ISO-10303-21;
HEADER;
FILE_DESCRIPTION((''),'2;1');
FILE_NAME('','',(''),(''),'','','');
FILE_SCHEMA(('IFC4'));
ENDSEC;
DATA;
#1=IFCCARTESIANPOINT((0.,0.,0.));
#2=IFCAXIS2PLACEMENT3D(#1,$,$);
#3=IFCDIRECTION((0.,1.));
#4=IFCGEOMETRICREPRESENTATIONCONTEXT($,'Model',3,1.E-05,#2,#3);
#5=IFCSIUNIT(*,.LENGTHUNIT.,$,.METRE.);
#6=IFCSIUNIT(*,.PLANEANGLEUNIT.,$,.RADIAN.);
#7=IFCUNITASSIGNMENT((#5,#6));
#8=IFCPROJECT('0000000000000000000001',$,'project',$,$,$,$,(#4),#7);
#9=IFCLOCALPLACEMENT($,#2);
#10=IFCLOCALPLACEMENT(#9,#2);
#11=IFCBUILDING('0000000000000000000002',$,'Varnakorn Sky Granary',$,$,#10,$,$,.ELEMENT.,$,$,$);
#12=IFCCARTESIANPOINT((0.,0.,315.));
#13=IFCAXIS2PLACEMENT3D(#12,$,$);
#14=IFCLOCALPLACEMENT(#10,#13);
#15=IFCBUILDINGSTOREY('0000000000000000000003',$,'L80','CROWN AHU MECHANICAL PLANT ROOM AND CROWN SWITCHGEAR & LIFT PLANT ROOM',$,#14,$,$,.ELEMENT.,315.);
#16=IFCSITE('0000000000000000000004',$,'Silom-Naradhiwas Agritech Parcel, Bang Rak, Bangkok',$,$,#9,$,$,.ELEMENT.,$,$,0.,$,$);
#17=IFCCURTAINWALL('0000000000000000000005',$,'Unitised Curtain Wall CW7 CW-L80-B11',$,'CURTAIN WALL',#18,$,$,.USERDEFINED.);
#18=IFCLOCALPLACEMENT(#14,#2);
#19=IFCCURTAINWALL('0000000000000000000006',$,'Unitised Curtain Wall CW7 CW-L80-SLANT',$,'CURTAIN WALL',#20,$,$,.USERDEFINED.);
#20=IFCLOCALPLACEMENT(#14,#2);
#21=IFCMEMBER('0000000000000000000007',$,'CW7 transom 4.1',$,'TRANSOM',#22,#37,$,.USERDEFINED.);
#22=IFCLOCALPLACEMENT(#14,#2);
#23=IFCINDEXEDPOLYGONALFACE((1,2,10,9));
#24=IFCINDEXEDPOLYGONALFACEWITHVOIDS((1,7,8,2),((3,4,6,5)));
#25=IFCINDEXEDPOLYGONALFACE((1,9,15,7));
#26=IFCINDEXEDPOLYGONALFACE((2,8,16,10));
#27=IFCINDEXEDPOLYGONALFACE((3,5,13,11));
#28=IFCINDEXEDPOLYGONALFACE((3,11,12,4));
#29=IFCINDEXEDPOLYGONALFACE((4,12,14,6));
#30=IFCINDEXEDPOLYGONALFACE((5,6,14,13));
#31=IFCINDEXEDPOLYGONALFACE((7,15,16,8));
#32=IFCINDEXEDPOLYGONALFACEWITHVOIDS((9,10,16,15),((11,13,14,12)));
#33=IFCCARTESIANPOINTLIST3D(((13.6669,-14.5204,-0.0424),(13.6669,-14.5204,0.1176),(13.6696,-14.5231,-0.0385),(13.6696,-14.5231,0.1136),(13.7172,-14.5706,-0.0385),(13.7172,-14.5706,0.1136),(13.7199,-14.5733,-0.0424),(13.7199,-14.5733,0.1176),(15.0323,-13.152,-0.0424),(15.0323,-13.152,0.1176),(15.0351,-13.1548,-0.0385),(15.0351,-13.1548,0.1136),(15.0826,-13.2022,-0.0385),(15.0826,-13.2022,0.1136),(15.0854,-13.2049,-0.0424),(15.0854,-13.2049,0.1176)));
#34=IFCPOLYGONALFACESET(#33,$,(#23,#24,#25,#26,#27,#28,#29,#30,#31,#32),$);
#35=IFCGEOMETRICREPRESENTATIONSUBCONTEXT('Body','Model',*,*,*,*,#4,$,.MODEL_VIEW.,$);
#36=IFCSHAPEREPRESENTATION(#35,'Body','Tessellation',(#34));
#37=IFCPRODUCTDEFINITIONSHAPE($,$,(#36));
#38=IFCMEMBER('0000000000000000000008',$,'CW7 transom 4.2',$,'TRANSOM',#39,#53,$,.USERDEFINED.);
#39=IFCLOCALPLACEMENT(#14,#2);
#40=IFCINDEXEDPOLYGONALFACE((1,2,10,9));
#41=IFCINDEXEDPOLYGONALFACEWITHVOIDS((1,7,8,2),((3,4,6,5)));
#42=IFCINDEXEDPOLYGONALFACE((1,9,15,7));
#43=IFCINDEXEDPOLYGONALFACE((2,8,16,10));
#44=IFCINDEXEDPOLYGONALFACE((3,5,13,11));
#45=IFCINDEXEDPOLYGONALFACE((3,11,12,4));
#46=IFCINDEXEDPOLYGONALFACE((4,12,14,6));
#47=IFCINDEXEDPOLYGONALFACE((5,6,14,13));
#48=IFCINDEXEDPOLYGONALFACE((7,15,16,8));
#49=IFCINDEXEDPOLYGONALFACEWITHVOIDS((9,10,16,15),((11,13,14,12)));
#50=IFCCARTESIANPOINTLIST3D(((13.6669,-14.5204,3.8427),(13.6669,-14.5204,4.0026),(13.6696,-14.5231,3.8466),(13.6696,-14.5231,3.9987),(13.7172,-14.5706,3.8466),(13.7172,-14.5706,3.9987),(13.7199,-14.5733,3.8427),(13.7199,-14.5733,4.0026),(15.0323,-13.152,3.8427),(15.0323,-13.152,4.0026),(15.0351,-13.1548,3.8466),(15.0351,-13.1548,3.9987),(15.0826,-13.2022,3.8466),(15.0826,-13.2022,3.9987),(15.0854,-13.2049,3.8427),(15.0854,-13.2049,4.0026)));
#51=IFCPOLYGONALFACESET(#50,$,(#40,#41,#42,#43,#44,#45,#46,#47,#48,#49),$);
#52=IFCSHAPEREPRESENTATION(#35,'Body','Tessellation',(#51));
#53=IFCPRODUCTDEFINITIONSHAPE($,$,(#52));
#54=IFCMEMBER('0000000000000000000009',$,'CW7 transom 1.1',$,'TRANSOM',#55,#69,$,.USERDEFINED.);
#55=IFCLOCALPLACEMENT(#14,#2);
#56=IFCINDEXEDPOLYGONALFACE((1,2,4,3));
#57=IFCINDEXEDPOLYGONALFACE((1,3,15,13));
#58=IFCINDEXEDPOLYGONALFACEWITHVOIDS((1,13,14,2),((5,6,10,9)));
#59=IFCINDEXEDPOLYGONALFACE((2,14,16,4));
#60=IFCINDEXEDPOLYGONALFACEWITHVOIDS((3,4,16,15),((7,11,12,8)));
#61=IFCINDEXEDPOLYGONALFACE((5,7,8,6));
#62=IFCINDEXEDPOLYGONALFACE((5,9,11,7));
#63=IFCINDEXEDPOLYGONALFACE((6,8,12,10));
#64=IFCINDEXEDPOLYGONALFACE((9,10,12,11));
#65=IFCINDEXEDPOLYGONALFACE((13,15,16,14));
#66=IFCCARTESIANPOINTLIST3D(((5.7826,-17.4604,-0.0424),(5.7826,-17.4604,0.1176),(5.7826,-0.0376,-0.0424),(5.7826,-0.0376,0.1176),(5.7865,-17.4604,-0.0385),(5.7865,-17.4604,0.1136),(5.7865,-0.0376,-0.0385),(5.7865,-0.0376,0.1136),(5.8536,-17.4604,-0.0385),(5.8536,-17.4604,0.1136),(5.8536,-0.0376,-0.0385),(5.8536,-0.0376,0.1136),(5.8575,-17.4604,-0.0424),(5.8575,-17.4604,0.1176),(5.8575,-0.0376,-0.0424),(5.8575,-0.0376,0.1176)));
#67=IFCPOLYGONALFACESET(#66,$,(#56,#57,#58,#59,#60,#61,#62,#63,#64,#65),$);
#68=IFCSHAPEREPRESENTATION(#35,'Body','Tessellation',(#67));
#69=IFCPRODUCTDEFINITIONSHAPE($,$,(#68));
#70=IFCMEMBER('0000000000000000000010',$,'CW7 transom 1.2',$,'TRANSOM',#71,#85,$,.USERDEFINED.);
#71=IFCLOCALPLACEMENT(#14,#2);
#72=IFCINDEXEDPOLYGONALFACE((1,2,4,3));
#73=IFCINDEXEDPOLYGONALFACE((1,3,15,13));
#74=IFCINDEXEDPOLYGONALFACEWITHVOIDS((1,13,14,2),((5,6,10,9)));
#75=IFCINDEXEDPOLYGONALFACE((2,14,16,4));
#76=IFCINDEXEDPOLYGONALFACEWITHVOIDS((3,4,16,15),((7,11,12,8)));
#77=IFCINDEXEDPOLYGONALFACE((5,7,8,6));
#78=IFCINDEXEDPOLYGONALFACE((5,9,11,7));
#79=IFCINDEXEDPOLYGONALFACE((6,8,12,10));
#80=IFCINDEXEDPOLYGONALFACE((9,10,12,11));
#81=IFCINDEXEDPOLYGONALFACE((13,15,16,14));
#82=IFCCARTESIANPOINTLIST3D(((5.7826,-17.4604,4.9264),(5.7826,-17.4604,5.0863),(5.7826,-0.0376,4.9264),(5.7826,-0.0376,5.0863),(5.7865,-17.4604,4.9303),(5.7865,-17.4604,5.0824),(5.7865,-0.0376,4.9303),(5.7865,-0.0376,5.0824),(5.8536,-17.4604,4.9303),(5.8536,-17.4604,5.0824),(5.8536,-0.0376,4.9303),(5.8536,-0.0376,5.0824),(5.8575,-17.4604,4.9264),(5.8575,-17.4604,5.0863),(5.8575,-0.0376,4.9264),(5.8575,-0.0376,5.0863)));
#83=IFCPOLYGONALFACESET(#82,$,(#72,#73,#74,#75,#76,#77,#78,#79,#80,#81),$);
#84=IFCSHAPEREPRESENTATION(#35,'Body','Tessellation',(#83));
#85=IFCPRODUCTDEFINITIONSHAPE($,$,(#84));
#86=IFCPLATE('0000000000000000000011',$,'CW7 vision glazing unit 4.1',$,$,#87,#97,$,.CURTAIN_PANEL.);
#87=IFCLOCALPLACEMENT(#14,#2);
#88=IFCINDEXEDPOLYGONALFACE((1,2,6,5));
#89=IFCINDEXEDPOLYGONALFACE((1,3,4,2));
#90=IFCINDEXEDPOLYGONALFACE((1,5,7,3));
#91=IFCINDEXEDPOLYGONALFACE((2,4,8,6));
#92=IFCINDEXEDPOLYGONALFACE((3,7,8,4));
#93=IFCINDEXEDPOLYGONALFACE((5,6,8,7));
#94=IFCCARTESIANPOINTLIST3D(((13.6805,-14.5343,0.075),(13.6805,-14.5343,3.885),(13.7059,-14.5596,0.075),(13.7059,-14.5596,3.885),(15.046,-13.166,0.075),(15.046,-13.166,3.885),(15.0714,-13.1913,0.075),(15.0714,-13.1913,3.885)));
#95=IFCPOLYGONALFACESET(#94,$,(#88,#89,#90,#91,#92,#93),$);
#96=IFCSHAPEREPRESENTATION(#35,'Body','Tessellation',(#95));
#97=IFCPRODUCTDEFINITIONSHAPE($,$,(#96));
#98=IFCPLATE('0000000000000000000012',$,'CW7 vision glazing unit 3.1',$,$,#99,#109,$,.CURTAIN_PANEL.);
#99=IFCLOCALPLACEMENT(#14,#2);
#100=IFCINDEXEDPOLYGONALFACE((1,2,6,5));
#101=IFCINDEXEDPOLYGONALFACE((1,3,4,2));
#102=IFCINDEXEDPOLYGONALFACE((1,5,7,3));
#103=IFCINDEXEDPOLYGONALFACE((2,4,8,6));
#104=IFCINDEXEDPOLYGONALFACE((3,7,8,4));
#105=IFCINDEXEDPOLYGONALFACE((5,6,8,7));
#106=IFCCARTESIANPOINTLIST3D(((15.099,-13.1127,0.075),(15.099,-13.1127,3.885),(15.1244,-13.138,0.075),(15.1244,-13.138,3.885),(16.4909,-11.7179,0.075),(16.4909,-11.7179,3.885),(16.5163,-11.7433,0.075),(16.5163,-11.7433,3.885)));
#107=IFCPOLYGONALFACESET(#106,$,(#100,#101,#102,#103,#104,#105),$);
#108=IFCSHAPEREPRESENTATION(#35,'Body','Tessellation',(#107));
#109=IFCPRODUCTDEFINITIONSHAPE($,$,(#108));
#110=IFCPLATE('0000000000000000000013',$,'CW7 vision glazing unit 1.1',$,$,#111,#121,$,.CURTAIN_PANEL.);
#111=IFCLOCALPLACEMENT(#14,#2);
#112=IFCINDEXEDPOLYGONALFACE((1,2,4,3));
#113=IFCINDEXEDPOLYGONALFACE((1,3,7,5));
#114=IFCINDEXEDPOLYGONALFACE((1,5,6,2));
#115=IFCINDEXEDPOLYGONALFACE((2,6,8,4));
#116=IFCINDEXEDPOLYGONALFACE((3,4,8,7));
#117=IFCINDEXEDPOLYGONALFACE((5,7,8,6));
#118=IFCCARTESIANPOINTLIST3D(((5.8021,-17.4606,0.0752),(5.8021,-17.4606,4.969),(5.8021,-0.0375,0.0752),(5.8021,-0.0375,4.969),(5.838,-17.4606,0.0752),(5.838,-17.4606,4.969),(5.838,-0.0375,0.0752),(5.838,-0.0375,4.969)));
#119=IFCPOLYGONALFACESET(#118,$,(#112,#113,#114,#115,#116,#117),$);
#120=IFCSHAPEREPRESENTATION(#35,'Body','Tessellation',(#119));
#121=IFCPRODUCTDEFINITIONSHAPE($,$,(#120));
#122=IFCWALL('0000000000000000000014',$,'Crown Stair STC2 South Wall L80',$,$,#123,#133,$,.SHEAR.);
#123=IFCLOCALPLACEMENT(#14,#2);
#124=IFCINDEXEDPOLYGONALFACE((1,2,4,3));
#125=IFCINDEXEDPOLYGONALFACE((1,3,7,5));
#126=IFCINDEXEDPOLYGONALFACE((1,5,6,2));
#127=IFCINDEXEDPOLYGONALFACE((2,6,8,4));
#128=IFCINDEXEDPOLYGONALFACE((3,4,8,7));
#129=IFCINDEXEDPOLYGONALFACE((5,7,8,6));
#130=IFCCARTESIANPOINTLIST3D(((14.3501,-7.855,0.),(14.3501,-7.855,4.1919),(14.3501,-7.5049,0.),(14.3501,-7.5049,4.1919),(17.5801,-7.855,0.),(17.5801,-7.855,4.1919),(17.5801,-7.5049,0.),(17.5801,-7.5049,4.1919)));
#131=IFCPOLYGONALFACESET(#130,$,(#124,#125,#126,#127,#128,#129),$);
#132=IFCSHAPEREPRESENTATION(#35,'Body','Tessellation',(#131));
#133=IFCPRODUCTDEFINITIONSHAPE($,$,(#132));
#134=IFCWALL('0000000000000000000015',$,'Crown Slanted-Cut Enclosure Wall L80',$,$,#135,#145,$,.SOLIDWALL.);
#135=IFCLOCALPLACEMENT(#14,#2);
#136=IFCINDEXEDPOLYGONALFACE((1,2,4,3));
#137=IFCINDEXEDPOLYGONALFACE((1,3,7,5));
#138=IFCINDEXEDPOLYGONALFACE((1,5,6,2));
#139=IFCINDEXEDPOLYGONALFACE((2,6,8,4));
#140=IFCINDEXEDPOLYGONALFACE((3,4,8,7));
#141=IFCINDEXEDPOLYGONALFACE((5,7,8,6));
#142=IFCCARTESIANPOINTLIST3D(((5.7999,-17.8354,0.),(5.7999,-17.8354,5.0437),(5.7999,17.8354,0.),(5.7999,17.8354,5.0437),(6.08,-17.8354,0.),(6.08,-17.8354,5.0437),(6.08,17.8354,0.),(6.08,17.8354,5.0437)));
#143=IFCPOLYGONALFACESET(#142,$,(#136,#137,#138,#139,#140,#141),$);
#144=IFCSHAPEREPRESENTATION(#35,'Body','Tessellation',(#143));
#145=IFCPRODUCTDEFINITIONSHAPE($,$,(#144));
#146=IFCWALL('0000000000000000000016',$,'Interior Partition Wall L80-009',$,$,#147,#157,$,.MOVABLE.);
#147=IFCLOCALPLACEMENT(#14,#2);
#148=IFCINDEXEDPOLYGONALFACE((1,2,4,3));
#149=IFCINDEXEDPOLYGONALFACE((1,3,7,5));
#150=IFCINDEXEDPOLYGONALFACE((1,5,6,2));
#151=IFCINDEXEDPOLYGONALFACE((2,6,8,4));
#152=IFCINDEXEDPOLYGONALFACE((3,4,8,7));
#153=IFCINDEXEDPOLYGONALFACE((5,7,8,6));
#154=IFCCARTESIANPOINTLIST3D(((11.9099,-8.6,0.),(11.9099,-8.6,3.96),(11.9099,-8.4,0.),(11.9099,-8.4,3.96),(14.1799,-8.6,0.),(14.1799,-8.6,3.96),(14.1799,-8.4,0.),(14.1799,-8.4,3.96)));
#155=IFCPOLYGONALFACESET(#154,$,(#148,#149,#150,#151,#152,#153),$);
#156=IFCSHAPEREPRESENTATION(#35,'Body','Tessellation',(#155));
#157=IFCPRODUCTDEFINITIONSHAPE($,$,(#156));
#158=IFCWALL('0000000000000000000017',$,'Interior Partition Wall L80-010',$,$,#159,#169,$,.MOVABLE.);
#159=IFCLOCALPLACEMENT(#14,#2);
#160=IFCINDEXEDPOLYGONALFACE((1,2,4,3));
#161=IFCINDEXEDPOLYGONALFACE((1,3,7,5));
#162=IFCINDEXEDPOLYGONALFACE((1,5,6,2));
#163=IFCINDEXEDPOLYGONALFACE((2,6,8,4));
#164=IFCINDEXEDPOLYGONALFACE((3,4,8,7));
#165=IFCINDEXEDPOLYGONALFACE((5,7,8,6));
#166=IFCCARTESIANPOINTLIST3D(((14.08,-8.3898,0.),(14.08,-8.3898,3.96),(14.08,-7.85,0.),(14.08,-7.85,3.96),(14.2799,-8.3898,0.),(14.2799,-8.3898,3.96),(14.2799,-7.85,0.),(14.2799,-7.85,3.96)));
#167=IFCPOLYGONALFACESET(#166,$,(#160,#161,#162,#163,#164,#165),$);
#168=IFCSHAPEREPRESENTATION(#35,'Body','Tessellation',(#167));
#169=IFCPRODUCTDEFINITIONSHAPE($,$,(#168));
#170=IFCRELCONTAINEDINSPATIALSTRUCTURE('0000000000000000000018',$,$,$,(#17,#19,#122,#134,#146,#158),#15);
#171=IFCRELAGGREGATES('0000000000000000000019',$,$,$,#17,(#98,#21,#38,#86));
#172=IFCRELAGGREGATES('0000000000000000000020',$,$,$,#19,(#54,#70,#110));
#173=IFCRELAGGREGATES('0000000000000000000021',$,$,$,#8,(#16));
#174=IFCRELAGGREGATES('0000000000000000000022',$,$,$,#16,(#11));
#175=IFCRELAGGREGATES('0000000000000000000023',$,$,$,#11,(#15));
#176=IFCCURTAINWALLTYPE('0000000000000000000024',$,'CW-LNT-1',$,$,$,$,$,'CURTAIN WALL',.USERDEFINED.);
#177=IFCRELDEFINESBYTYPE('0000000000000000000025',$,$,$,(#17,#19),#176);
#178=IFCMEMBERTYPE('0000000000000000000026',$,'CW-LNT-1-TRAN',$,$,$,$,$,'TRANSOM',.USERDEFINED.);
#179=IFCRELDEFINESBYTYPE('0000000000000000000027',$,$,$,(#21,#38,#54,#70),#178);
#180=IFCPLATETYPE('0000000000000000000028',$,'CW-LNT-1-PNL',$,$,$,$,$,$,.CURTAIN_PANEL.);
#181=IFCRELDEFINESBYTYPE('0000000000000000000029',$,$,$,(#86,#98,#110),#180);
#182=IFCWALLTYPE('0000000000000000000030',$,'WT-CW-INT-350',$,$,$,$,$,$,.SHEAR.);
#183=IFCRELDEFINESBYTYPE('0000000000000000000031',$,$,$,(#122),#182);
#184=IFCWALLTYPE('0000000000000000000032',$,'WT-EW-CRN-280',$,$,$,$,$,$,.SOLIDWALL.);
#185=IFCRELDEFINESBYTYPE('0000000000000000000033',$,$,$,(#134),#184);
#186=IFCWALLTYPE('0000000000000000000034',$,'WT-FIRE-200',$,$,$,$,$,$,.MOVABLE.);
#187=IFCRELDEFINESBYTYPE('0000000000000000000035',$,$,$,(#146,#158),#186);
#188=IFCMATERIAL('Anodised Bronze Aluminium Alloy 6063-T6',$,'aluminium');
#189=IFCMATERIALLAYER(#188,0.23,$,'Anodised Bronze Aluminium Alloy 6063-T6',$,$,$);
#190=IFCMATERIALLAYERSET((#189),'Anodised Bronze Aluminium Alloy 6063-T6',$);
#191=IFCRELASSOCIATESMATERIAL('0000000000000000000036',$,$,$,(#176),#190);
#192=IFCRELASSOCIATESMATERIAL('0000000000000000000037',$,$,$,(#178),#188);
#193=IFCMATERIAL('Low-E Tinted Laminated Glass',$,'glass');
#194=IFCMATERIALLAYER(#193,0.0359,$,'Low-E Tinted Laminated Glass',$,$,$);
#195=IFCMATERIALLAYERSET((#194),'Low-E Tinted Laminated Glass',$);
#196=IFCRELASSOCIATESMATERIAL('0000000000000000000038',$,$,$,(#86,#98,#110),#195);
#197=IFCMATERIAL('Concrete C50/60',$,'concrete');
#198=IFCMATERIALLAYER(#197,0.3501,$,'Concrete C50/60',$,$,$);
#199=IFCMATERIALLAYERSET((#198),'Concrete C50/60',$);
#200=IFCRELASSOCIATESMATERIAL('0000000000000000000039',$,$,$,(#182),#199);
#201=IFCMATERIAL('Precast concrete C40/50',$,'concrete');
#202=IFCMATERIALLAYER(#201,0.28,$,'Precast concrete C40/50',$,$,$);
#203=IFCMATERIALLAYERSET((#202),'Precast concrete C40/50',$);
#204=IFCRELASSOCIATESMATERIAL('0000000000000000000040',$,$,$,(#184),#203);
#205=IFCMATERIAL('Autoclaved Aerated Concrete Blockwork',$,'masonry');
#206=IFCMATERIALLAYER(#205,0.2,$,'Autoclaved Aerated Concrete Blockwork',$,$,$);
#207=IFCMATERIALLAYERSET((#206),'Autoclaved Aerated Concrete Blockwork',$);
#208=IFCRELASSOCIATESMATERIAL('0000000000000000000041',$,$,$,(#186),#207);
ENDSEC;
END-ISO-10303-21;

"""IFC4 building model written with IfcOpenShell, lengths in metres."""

from ifc_helpers import new_model, si_unit, direction, frame, frame_2d, origin, origin_2d, place, context, subcontext, project, spatial, rectangle, hollow_rectangle, extrude, source, transform, mapped, material, layer, layer_set, material_profile, profile_set, type_object, type_shapes, element, aggregate, save


model = new_model("IFC4")

# Units and contexts
model_context = context("Model", 3, precision=1e-05, world=origin(), true_north=direction((0.0, 1.0)))
body_context = subcontext(model_context, "Body", "Model", "MODEL_VIEW")
ifc_project = project(units=[si_unit("LENGTHUNIT", "METRE"), si_unit("PLANEANGLEUNIT", "RADIAN")], contexts=[model_context])

# Site, building, storey
site_placement = place(None, origin())
site = spatial("IfcSite", under=ifc_project, at=site_placement, Name="Silom-Naradhiwas Agritech Parcel, Bang Rak, Bangkok", CompositionType="ELEMENT", RefElevation=0.0)
building_placement = place(site_placement, origin())
building = spatial("IfcBuilding", under=site, at=building_placement, Name="Varnakorn Sky Granary", CompositionType="ELEMENT")
storey_placement = place(building_placement, frame((0.0, 0.0, 315.0)))
storey = spatial("IfcBuildingStorey", under=building, at=storey_placement, Name="L80", Description="CROWN AHU MECHANICAL PLANT ROOM AND CROWN SWITCHGEAR & LIFT PLANT ROOM", CompositionType="ELEMENT", Elevation=315.0)

# Curtain wall
ifc_material_1 = material(Name="Anodised Bronze Aluminium Alloy 6063-T6", Category="aluminium")
ifc_layer_1 = layer(ifc_material_1, 0.23, Name="Anodised Bronze Aluminium Alloy 6063-T6")
ifc_layer_set_1 = layer_set([ifc_layer_1], Name="Anodised Bronze Aluminium Alloy 6063-T6")
curtain_wall_type = type_object("IfcCurtainWallType", Name="CW-LNT-1", ElementType="CURTAIN WALL", PredefinedType="USERDEFINED", material=ifc_layer_set_1)
curtain_wall_1_placement = place(storey_placement, origin())
curtain_wall_1 = element("IfcCurtainWall", 1, at=curtain_wall_1_placement, inside=storey, type_object=curtain_wall_type, Name="Unitised Curtain Wall CW7 CW-L80-B11", ObjectType="CURTAIN WALL", PredefinedType="USERDEFINED")

# Curtain wall
curtain_wall_2_placement = place(storey_placement, origin())
curtain_wall_2 = element("IfcCurtainWall", 2, at=curtain_wall_2_placement, inside=storey, type_object=curtain_wall_type, Name="Unitised Curtain Wall CW7 CW-L80-SLANT", ObjectType="CURTAIN WALL", PredefinedType="USERDEFINED")

# Members
ifc_material_profile_1 = material_profile(ifc_material_1, hollow_rectangle(XDim=0.075, YDim=0.1599, WallThickness=0.0039, at=origin_2d()), Name="ALU TRAN 75x160")
ifc_profile_set_1 = profile_set([ifc_material_profile_1], Name="Anodised Bronze Aluminium Alloy 6063-T6")
member_type_1 = type_object("IfcMemberType", Name="CW-LNT-1-TRAN", ElementType="TRANSOM", PredefinedType="USERDEFINED", material=ifc_profile_set_1)
member_1_placement = place(storey_placement, frame((15.0588, -13.1785, 0.0376), z_axis=(-0.706349, -0.707864, 0.0), x_axis=(0.707864, -0.706349, 0.0)))
member_1 = element("IfcMember", 3, at=member_1_placement, type_object=member_type_1, Name="CW7 transom 4.1", ObjectType="TRANSOM", PredefinedType="USERDEFINED", context=body_context, shape_type="SweptSolid", body=[
    extrude(hollow_rectangle(XDim=0.075, YDim=0.1599, WallThickness=0.0039, at=origin_2d()), origin(), (0.0, 0.0, 1.0), 1.9331),
])
member_2_placement = place(storey_placement, frame((15.0588, -13.1785, 3.9226), z_axis=(-0.706349, -0.707864, 0.0), x_axis=(0.707864, -0.706349, 0.0)))
member_2 = element("IfcMember", 4, at=member_2_placement, type_object=member_type_1, Name="CW7 transom 4.2", ObjectType="TRANSOM", PredefinedType="USERDEFINED", context=body_context, shape_type="SweptSolid", body=[
    extrude(hollow_rectangle(XDim=0.075, YDim=0.1599, WallThickness=0.0039, at=origin_2d()), origin(), (0.0, 0.0, 1.0), 1.9331),
])
member_3_placement = place(storey_placement, frame((5.8201, -17.4604, 0.0376), z_axis=(0.0, 1.0, 0.0), x_axis=(-1.0, 0.0, 0.0)))
member_3 = element("IfcMember", 5, at=member_3_placement, type_object=member_type_1, Name="CW7 transom 1.1", ObjectType="TRANSOM", PredefinedType="USERDEFINED", context=body_context, shape_type="SweptSolid", body=[
    extrude(hollow_rectangle(XDim=0.075, YDim=0.1599, WallThickness=0.0039, at=origin_2d()), origin(), (0.0, 0.0, 1.0), 17.4229),
])
member_4_placement = place(storey_placement, frame((5.8201, -17.4604, 5.0063), z_axis=(0.0, 1.0, 0.0), x_axis=(-1.0, 0.0, 0.0)))
member_4 = element("IfcMember", 6, at=member_4_placement, type_object=member_type_1, Name="CW7 transom 1.2", ObjectType="TRANSOM", PredefinedType="USERDEFINED", context=body_context, shape_type="SweptSolid", body=[
    extrude(hollow_rectangle(XDim=0.075, YDim=0.1599, WallThickness=0.0039, at=origin_2d()), origin(), (0.0, 0.0, 1.0), 17.4229),
])

# Plates
ifc_material_2 = material(Name="Low-E Tinted Laminated Glass", Category="glass")
ifc_layer_2 = layer(ifc_material_2, 0.0359, Name="Low-E Tinted Laminated Glass")
ifc_layer_set_2 = layer_set([ifc_layer_2], Name="Low-E Tinted Laminated Glass")
plate_type = type_object("IfcPlateType", Name="CW-LNT-1-PNL", PredefinedType="CURTAIN_PANEL")
shared_shape_1 = source(origin(), body_context, "Body", "SweptSolid", [
    extrude(rectangle(XDim=1.9331, YDim=0.0359, at=origin_2d()), origin(), (0.0, 0.0, 1.0), 3.8101),
])
plate_1_placement = place(storey_placement, frame((14.376, -13.8628, 0.075), z_axis=(0.0, 0.0, 1.0), x_axis=(-0.706385, -0.707827, 0.0)))
plate_1 = element("IfcPlate", 7, at=plate_1_placement, type_object=plate_type, material=ifc_layer_set_2, Name="CW7 vision glazing unit 4.1", PredefinedType="CURTAIN_PANEL", context=body_context, shape_type="MappedRepresentation", body=[
    mapped(shared_shape_1, transform((0.0, 0.0, 0.0), x_axis=(1.0, 0.0, 0.0), y_axis=(0.0, 1.0, 0.0), z_axis=(0.0, 0.0, 1.0), scale=1.0)),
])
shared_shape_2 = source(origin(), body_context, "Body", "SweptSolid", [
    extrude(rectangle(XDim=1.9705, YDim=0.0359, at=origin_2d()), origin(), (0.0, 0.0, 1.0), 3.8101),
])
plate_2_placement = place(storey_placement, frame((15.8076, -12.428, 0.075), z_axis=(0.0, 0.0, 1.0), x_axis=(-0.706385, -0.707827, 0.0)))
plate_2 = element("IfcPlate", 8, at=plate_2_placement, type_object=plate_type, material=ifc_layer_set_2, Name="CW7 vision glazing unit 3.1", PredefinedType="CURTAIN_PANEL", context=body_context, shape_type="MappedRepresentation", body=[
    mapped(shared_shape_2, transform((0.0, 0.0, 0.0), x_axis=(1.0, 0.0, 0.0), y_axis=(0.0, 1.0, 0.0), z_axis=(0.0, 0.0, 1.0), scale=1.0)),
])
aggregate(curtain_wall_1, [plate_2, member_1, member_2, plate_1])
shared_shape_3 = source(origin(), body_context, "Body", "SweptSolid", [
    extrude(rectangle(XDim=17.4231, YDim=0.0359, at=origin_2d()), origin(), (0.0, 0.0, 1.0), 4.8938),
])
type_shapes(plate_type, [shared_shape_1, shared_shape_2, shared_shape_3])
plate_3_placement = place(storey_placement, frame((5.8201, -8.749, 0.0752), z_axis=(0.0, 0.0, 1.0), x_axis=(0.0, 1.0, 0.0)))
plate_3 = element("IfcPlate", 9, at=plate_3_placement, type_object=plate_type, material=ifc_layer_set_2, Name="CW7 vision glazing unit 1.1", PredefinedType="CURTAIN_PANEL", context=body_context, shape_type="MappedRepresentation", body=[
    mapped(shared_shape_3, transform((0.0, 0.0, 0.0), x_axis=(1.0, 0.0, 0.0), y_axis=(0.0, 1.0, 0.0), z_axis=(0.0, 0.0, 1.0), scale=1.0)),
])
aggregate(curtain_wall_2, [member_3, member_4, plate_3])

# Wall
ifc_material_3 = material(Name="Concrete C50/60", Category="concrete")
ifc_layer_3 = layer(ifc_material_3, 0.3501, Name="Concrete C50/60")
ifc_layer_set_3 = layer_set([ifc_layer_3], Name="Concrete C50/60")
wall_type_1 = type_object("IfcWallType", Name="WT-CW-INT-350", PredefinedType="SHEAR", material=ifc_layer_set_3)
wall_1_placement = place(storey_placement, frame((14.3501, -7.6799, 0.0), z_axis=(0.0, 0.0, 1.0), x_axis=(1.0, 0.0, 0.0)))
element("IfcWall", 10, at=wall_1_placement, inside=storey, type_object=wall_type_1, Name="Crown Stair STC2 South Wall L80", PredefinedType="SHEAR", context=body_context, shape_type="SweptSolid", body=[
    extrude(rectangle(XDim=3.23, YDim=0.3501, at=frame_2d((1.615, 0.0))), origin(), (0.0, 0.0, 1.0), 4.1919),
])

# Walls
ifc_material_4 = material(Name="Precast concrete C40/50", Category="concrete")
ifc_layer_4 = layer(ifc_material_4, 0.28, Name="Precast concrete C40/50")
ifc_layer_set_4 = layer_set([ifc_layer_4], Name="Precast concrete C40/50")
wall_type_2 = type_object("IfcWallType", Name="WT-EW-CRN-280", PredefinedType="SOLIDWALL", material=ifc_layer_set_4)
wall_2_placement = place(storey_placement, frame((5.9399, -17.8354, 0.0), z_axis=(0.0, 0.0, 1.0), x_axis=(0.0, 1.0, 0.0)))
element("IfcWall", 11, at=wall_2_placement, inside=storey, type_object=wall_type_2, Name="Crown Slanted-Cut Enclosure Wall L80", PredefinedType="SOLIDWALL", context=body_context, shape_type="SweptSolid", body=[
    extrude(rectangle(XDim=35.6709, YDim=0.28, at=frame_2d((17.8354, 0.0))), origin(), (0.0, 0.0, 1.0), 5.0437),
])
ifc_material_5 = material(Name="Autoclaved Aerated Concrete Blockwork", Category="masonry")
ifc_layer_5 = layer(ifc_material_5, 0.2, Name="Autoclaved Aerated Concrete Blockwork")
ifc_layer_set_5 = layer_set([ifc_layer_5], Name="Autoclaved Aerated Concrete Blockwork")
wall_type_3 = type_object("IfcWallType", Name="WT-FIRE-200", PredefinedType="MOVABLE", material=ifc_layer_set_5)
wall_3_placement = place(storey_placement, frame((11.9099, -8.5, 0.0), z_axis=(0.0, 0.0, 1.0), x_axis=(1.0, 0.0, 0.0)))
element("IfcWall", 12, at=wall_3_placement, inside=storey, type_object=wall_type_3, Name="Interior Partition Wall L80-009", PredefinedType="MOVABLE", context=body_context, shape_type="SweptSolid", body=[
    extrude(rectangle(XDim=2.27, YDim=0.2, at=frame_2d((1.135, 0.0))), origin(), (0.0, 0.0, 1.0), 3.96),
])
wall_4_placement = place(storey_placement, frame((14.1799, -8.3899, 0.0), z_axis=(0.0, 0.0, 1.0), x_axis=(0.0, 1.0, 0.0)))
element("IfcWall", 13, at=wall_4_placement, inside=storey, type_object=wall_type_3, Name="Interior Partition Wall L80-010", PredefinedType="MOVABLE", context=body_context, shape_type="SweptSolid", body=[
    extrude(rectangle(XDim=0.5398, YDim=0.2, at=frame_2d((0.27, 0.0))), origin(), (0.0, 0.0, 1.0), 3.96),
])

save(model, "model.ifc")
